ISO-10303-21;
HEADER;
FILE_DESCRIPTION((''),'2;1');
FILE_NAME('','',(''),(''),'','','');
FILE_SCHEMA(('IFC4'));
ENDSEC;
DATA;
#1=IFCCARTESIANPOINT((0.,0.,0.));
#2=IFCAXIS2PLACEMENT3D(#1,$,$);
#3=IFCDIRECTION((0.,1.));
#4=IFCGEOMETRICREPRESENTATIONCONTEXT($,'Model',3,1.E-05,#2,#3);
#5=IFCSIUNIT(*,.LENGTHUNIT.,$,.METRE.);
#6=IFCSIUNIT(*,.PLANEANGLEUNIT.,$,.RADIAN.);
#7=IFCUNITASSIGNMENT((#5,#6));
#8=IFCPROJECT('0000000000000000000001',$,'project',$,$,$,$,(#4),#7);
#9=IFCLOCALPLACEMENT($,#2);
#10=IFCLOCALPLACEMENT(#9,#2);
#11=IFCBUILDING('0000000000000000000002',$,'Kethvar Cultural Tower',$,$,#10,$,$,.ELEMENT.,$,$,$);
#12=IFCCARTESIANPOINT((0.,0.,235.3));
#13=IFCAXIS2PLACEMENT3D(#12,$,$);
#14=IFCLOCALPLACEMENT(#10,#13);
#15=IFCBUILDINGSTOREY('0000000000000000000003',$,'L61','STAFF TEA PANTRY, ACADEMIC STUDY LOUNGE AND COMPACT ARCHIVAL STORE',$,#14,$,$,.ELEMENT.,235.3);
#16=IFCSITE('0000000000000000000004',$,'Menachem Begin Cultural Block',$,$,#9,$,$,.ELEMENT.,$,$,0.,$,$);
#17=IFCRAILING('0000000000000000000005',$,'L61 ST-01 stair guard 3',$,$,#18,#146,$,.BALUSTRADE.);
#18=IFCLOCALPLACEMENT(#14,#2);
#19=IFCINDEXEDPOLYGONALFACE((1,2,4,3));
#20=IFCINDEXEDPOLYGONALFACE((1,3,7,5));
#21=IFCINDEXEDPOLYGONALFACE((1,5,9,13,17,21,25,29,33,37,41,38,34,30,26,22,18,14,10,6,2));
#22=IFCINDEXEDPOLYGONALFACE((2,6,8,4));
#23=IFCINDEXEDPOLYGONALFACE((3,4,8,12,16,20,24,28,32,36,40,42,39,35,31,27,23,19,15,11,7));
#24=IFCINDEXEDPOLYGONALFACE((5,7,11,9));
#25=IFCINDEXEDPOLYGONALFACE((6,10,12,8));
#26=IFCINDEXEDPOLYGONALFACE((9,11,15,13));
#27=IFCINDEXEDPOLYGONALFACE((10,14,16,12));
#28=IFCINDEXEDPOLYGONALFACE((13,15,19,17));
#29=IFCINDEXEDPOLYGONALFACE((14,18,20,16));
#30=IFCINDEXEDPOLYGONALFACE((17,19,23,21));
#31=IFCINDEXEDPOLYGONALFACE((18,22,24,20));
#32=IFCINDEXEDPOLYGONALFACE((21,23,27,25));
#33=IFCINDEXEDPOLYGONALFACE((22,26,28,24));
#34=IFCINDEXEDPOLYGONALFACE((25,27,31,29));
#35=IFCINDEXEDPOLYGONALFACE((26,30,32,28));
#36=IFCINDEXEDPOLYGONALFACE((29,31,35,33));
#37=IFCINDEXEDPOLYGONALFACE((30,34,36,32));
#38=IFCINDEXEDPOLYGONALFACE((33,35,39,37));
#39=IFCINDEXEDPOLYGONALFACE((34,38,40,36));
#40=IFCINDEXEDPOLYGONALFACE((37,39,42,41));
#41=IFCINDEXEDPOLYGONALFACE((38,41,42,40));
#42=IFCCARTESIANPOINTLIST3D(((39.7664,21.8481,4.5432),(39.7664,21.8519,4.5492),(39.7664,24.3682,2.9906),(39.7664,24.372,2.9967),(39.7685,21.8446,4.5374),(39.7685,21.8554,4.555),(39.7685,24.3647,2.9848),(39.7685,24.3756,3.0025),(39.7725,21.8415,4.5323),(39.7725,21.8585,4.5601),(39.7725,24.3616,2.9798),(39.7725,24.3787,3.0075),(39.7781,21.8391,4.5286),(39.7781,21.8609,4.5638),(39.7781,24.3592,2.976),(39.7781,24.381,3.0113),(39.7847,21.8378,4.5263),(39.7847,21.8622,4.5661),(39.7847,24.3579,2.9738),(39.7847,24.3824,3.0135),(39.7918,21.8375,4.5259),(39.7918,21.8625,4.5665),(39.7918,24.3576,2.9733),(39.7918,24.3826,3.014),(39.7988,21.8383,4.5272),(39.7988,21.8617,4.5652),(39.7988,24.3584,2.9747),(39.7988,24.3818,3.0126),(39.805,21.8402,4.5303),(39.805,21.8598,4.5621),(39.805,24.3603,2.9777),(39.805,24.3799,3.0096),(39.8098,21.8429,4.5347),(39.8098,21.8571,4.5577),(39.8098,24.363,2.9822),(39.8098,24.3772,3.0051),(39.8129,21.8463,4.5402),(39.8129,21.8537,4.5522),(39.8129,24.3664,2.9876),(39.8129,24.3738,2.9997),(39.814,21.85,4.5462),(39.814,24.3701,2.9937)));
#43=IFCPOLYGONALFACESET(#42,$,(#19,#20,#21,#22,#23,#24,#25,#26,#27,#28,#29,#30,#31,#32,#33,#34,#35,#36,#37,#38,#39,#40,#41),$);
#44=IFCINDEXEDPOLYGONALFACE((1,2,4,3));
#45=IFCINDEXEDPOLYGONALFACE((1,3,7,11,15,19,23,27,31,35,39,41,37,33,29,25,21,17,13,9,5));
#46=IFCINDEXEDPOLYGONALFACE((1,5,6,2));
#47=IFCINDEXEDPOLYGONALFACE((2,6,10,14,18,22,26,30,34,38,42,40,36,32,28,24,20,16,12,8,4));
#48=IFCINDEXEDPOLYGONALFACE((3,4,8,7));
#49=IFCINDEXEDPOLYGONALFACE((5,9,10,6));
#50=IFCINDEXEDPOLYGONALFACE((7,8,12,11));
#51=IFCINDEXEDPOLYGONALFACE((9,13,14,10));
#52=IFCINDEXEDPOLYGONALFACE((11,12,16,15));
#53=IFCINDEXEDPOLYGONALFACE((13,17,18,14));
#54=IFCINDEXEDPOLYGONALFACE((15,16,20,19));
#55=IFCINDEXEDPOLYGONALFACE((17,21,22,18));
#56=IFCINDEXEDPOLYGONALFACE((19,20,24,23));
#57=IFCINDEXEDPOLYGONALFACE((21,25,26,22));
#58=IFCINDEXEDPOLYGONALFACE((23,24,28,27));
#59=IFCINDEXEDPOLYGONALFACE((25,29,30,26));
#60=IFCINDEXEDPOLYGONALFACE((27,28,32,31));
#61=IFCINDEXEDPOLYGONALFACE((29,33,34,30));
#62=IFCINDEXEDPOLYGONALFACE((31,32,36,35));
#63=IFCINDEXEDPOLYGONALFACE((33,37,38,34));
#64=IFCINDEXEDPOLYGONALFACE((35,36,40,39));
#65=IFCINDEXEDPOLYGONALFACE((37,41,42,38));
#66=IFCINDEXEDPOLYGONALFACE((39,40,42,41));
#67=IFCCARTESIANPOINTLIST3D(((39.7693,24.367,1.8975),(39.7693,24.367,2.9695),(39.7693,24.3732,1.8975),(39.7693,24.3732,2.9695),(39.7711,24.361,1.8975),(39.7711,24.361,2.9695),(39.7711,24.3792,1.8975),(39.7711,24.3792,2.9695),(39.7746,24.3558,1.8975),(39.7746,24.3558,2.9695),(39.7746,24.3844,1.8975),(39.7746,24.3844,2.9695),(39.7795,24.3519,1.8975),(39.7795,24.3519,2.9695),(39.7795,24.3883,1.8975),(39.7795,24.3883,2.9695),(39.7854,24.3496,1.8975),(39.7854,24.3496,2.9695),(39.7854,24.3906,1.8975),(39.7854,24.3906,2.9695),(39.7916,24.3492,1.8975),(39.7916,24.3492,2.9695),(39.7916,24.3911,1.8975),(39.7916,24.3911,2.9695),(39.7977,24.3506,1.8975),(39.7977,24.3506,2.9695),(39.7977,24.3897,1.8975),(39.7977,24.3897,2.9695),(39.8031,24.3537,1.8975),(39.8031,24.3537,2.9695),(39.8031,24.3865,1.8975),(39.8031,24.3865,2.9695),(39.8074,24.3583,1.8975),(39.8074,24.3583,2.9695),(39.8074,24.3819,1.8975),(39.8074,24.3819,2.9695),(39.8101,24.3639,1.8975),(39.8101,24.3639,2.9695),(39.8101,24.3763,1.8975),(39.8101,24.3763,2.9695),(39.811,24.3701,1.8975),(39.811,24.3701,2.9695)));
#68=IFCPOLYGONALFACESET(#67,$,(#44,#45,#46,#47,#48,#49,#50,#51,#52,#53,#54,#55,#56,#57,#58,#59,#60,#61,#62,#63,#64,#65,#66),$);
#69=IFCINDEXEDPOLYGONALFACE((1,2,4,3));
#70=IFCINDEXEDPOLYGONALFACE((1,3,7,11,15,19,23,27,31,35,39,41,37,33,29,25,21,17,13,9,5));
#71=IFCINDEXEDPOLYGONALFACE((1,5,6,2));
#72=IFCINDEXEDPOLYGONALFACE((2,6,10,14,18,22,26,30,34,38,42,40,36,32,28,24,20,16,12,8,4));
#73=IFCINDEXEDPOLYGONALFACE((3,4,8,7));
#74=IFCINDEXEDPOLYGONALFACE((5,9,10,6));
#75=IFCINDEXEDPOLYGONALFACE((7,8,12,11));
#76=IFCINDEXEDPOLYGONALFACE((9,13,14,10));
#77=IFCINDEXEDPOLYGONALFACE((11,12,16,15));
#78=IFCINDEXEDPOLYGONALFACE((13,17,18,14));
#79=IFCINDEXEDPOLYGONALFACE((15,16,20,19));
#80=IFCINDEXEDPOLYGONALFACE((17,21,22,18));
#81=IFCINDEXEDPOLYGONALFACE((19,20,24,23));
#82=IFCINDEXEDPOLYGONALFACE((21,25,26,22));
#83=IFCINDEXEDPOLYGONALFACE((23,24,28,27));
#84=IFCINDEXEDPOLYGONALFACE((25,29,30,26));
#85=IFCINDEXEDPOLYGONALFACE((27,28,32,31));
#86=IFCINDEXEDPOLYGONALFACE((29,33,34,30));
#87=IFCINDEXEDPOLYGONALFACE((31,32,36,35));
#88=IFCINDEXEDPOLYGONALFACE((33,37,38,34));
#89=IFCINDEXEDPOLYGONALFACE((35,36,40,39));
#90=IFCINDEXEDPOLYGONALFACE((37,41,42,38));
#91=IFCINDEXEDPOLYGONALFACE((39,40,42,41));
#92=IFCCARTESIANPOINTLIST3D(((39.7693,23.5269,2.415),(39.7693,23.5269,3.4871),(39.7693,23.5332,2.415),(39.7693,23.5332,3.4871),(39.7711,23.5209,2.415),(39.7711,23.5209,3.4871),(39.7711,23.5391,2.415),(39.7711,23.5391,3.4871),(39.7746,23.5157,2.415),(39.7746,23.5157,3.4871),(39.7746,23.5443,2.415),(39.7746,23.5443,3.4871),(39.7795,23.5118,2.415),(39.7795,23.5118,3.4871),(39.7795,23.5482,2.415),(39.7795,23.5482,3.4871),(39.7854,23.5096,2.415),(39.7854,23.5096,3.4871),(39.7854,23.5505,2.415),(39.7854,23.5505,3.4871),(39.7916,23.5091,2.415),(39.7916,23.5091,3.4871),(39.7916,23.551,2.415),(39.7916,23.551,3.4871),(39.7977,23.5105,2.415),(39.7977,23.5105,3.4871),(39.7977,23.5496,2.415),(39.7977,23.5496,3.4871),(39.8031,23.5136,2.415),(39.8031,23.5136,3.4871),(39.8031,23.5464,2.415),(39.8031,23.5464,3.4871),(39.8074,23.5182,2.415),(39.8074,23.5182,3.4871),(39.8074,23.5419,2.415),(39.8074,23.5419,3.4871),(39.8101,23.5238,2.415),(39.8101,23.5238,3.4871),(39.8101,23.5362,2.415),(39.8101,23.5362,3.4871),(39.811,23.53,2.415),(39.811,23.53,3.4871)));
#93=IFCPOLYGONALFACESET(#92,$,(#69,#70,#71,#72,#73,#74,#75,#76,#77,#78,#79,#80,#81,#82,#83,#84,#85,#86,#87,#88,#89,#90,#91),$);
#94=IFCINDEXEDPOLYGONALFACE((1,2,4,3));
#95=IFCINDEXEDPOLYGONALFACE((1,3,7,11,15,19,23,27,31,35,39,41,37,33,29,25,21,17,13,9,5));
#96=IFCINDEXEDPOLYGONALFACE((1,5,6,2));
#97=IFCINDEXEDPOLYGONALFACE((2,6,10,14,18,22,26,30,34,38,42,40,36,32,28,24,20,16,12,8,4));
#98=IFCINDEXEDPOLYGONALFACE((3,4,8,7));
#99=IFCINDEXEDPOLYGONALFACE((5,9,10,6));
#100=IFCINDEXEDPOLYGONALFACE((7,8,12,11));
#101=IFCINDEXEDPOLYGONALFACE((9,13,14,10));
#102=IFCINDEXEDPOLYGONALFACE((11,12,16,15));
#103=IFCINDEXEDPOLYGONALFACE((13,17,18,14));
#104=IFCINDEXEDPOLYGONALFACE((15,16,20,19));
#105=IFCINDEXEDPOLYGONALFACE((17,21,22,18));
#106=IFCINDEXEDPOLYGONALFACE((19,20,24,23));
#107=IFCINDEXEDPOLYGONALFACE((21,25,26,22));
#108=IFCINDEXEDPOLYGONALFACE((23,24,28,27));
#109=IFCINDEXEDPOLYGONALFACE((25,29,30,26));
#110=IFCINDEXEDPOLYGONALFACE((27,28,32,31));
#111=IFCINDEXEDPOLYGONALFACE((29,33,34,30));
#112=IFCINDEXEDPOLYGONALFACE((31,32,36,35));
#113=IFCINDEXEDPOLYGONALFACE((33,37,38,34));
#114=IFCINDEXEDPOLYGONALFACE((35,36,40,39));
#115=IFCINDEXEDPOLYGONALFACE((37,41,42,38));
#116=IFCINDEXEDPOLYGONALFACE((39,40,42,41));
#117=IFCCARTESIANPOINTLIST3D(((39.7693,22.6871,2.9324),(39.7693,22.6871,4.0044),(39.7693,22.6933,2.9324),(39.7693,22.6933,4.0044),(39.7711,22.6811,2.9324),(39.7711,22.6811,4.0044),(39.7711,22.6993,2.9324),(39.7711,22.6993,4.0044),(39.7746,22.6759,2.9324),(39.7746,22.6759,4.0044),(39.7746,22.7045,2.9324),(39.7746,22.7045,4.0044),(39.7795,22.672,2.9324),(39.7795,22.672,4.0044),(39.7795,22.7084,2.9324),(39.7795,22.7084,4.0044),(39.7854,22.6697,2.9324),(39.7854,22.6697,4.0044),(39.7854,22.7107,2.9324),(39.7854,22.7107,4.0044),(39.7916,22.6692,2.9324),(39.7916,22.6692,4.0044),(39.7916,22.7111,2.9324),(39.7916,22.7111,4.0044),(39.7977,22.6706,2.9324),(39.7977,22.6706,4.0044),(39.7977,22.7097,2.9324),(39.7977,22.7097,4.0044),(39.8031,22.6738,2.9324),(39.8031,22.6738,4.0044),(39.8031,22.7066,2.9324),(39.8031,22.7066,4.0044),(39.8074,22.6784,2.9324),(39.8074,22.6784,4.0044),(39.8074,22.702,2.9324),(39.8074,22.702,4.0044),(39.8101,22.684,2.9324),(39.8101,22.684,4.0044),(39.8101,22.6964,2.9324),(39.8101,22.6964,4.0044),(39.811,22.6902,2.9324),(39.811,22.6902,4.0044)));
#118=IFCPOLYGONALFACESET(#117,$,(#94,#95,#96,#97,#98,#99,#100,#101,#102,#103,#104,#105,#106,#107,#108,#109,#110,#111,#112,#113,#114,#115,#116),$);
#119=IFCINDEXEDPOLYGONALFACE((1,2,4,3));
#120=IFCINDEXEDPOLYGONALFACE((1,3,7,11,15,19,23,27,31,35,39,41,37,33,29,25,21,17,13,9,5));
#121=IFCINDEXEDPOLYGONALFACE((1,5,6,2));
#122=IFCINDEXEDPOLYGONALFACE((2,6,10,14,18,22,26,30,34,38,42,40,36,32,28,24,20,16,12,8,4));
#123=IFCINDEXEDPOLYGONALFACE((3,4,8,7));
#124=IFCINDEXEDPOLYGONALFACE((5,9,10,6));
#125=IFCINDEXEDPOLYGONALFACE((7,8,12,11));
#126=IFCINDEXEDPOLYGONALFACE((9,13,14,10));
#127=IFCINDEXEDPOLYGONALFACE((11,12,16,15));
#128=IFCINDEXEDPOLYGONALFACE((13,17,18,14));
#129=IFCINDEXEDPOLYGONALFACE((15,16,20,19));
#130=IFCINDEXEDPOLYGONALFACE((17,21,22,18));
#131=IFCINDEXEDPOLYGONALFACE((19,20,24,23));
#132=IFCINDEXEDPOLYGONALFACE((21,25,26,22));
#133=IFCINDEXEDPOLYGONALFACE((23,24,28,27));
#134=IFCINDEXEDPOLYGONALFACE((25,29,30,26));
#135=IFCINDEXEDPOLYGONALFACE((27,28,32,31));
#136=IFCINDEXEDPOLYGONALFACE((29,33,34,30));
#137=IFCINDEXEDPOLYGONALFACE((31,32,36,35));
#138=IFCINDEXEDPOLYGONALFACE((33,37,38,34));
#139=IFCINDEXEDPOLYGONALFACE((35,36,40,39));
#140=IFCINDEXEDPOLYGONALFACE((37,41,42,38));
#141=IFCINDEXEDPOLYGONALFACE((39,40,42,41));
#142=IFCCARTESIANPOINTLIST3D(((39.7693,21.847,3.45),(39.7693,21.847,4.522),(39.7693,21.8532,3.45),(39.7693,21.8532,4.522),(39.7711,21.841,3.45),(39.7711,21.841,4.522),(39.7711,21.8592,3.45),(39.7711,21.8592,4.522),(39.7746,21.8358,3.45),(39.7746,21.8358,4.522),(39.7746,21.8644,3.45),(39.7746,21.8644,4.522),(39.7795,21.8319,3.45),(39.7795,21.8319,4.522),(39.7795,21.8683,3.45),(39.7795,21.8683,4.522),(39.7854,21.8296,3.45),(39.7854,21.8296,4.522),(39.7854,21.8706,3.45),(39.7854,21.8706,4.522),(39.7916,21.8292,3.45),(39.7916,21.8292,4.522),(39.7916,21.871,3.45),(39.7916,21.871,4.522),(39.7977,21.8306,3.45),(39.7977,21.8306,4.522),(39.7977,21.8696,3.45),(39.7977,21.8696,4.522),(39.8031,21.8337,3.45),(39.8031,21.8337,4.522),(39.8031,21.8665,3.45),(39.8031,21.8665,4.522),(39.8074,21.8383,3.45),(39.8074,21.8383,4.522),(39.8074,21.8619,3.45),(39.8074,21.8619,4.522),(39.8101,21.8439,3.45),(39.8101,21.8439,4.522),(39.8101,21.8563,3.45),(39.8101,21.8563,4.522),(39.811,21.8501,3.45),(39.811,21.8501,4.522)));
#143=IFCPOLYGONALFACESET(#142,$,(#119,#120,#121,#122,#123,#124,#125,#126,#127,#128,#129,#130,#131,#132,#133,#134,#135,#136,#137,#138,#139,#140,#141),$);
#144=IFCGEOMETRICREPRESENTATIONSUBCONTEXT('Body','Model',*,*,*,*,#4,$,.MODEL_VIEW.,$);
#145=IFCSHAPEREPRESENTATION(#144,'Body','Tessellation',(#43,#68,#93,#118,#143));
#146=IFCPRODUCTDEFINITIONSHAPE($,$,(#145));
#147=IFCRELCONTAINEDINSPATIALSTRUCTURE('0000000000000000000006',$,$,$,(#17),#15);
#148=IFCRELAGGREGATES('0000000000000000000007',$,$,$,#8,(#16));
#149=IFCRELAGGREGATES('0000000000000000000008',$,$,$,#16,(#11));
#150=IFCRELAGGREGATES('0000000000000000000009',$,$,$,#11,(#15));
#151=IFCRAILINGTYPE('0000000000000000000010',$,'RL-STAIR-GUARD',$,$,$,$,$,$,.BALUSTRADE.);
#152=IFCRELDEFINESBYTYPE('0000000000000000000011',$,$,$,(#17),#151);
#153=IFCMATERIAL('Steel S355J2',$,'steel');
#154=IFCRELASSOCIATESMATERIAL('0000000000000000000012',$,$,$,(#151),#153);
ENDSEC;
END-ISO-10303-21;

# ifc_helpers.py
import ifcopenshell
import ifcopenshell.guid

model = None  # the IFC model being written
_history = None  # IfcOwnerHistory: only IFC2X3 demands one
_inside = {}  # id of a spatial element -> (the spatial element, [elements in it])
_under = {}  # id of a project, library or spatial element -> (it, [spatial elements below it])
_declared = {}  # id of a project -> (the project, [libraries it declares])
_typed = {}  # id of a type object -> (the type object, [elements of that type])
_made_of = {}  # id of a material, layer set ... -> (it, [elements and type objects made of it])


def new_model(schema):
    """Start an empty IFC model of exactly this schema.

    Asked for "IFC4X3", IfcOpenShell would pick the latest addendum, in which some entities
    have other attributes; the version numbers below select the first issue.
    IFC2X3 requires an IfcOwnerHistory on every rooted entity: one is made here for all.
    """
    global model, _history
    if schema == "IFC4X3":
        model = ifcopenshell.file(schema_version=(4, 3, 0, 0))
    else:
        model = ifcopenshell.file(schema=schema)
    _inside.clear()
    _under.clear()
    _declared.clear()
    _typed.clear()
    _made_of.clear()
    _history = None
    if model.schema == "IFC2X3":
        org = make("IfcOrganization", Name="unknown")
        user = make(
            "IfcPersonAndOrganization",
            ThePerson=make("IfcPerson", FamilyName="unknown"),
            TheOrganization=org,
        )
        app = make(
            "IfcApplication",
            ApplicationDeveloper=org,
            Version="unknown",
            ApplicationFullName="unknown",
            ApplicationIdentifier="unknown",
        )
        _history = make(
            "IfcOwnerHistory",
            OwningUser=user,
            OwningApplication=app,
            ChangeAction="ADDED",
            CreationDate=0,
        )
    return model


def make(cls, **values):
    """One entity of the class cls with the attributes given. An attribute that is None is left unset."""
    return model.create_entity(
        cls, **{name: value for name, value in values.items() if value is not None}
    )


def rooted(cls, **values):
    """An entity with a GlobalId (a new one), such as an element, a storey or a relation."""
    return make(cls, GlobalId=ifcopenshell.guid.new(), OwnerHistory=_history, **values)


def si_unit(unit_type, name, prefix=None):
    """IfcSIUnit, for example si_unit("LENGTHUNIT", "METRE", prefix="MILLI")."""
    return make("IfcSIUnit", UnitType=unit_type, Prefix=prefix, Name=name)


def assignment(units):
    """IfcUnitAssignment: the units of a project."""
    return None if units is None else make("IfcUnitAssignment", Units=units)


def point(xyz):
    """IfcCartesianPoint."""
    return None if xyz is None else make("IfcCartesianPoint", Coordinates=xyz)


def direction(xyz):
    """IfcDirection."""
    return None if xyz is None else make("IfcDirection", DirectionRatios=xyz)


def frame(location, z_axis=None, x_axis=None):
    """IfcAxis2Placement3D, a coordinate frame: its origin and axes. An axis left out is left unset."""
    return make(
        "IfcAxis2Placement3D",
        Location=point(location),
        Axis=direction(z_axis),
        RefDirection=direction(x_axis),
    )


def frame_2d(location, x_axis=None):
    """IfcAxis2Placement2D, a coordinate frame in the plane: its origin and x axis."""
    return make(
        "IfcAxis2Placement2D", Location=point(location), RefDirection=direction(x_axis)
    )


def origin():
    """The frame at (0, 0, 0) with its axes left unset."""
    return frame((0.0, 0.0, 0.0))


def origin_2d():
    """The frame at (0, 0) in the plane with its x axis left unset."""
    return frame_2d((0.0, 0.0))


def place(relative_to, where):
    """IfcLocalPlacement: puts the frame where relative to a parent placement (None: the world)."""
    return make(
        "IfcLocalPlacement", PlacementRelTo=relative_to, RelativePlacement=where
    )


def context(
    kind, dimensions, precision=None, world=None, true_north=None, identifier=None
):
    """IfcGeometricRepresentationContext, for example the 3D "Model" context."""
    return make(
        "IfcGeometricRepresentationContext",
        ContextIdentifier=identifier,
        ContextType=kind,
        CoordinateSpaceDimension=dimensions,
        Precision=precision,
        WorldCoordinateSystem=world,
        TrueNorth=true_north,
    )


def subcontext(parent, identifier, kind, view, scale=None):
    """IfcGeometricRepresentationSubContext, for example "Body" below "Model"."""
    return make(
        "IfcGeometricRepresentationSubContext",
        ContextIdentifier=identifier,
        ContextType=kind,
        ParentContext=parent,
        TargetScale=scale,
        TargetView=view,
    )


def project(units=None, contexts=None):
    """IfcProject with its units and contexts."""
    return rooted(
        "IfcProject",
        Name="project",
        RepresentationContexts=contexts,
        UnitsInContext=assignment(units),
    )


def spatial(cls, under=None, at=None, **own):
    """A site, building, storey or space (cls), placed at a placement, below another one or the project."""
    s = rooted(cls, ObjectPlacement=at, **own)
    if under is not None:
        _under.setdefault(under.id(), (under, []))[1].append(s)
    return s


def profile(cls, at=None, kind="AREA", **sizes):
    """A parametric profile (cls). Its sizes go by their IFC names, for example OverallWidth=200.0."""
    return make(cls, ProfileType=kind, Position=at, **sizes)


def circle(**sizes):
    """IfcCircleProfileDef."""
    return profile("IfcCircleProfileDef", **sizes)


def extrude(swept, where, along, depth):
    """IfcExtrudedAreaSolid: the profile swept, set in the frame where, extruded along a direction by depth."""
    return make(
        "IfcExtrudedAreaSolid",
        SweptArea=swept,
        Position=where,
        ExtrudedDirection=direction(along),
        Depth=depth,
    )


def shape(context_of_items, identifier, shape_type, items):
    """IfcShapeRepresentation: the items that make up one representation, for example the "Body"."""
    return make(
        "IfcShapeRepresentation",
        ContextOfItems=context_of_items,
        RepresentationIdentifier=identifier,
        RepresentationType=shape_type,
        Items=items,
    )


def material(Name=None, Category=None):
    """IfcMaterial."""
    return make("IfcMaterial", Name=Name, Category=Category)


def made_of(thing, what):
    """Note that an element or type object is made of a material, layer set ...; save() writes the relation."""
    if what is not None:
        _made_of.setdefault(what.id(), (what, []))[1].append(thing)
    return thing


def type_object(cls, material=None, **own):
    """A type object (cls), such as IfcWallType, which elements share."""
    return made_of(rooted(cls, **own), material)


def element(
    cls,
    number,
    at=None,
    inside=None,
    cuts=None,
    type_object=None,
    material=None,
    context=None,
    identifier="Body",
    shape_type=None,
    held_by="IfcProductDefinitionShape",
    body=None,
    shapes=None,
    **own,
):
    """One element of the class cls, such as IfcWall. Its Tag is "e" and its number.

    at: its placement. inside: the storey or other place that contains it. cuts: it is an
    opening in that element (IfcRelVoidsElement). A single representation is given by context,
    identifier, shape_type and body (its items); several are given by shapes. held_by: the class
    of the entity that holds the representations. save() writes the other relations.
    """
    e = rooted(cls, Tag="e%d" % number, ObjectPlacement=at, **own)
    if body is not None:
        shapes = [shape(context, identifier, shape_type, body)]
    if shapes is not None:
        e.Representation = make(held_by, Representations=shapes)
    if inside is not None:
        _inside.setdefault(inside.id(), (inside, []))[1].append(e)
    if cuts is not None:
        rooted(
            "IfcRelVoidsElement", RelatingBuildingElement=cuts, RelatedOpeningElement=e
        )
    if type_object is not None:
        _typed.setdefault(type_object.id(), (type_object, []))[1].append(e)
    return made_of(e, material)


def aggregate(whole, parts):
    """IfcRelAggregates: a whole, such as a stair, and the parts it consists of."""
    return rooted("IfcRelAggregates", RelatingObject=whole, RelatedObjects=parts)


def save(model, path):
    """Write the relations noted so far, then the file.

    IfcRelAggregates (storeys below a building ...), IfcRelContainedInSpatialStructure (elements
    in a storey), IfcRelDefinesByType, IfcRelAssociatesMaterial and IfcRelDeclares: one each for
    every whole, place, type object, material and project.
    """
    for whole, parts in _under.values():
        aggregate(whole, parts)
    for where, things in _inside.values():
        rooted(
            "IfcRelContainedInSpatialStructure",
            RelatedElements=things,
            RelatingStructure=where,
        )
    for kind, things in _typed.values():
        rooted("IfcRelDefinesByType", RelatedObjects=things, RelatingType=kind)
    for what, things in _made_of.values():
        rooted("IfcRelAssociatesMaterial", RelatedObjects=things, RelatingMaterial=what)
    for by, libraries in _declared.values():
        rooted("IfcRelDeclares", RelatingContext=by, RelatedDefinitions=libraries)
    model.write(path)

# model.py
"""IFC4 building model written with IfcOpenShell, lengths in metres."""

from ifc_helpers import new_model, si_unit, direction, frame, origin, origin_2d, place, context, subcontext, project, spatial, circle, extrude, material, type_object, element, save


model = new_model("IFC4")

# Units and contexts
model_context = context("Model", 3, precision=1e-05, world=origin(), true_north=direction((0.0, 1.0)))
body_context = subcontext(model_context, "Body", "Model", "MODEL_VIEW")
ifc_project = project(units=[si_unit("LENGTHUNIT", "METRE"), si_unit("PLANEANGLEUNIT", "RADIAN")], contexts=[model_context])

# Site, building, storey
site_placement = place(None, origin())
site = spatial("IfcSite", under=ifc_project, at=site_placement, Name="Menachem Begin Cultural Block", CompositionType="ELEMENT", RefElevation=0.0)
building_placement = place(site_placement, origin())
building = spatial("IfcBuilding", under=site, at=building_placement, Name="Kethvar Cultural Tower", CompositionType="ELEMENT")
storey_placement = place(building_placement, frame((0.0, 0.0, 235.3)))
storey = spatial("IfcBuildingStorey", under=building, at=storey_placement, Name="L61", Description="STAFF TEA PANTRY, ACADEMIC STUDY LOUNGE AND COMPACT ARCHIVAL STORE", CompositionType="ELEMENT", Elevation=235.3)

# Shared definitions
ifc_material_1 = material(Name="Steel S355J2", Category="steel")

# Railing
railing_type_1 = type_object("IfcRailingType", Name="RL-STAIR-GUARD", PredefinedType="BALUSTRADE", material=ifc_material_1)
railing_1_placement = place(storey_placement, frame((39.79, 24.3701, 1.8975)))
element("IfcRailing", 1, at=railing_1_placement, inside=storey, type_object=railing_type_1, Name="L61 ST-01 stair guard 3", PredefinedType="BALUSTRADE", context=body_context, shape_type="SweptSolid", body=[
    extrude(circle(Radius=0.0239, at=origin_2d()), frame((0.0, 0.0, 1.0962), z_axis=(0.0, -0.8514, 0.524516), x_axis=(1.0, 0.0, 0.0)), (0.0, 0.0, 1.0), 2.96),
    extrude(circle(Radius=0.021, at=origin_2d()), origin(), (0.0, 0.0, 1.0), 1.072),
    extrude(circle(Radius=0.021, at=origin_2d()), frame((0.0, -0.8401, 0.5176)), (0.0, 0.0, 1.0), 1.072),
    extrude(circle(Radius=0.021, at=origin_2d()), frame((0.0, -1.6799, 1.0349)), (0.0, 0.0, 1.0), 1.072),
    extrude(circle(Radius=0.021, at=origin_2d()), frame((0.0, -2.52, 1.5525)), (0.0, 0.0, 1.0), 1.072),
])

save(model, "model.ifc")
